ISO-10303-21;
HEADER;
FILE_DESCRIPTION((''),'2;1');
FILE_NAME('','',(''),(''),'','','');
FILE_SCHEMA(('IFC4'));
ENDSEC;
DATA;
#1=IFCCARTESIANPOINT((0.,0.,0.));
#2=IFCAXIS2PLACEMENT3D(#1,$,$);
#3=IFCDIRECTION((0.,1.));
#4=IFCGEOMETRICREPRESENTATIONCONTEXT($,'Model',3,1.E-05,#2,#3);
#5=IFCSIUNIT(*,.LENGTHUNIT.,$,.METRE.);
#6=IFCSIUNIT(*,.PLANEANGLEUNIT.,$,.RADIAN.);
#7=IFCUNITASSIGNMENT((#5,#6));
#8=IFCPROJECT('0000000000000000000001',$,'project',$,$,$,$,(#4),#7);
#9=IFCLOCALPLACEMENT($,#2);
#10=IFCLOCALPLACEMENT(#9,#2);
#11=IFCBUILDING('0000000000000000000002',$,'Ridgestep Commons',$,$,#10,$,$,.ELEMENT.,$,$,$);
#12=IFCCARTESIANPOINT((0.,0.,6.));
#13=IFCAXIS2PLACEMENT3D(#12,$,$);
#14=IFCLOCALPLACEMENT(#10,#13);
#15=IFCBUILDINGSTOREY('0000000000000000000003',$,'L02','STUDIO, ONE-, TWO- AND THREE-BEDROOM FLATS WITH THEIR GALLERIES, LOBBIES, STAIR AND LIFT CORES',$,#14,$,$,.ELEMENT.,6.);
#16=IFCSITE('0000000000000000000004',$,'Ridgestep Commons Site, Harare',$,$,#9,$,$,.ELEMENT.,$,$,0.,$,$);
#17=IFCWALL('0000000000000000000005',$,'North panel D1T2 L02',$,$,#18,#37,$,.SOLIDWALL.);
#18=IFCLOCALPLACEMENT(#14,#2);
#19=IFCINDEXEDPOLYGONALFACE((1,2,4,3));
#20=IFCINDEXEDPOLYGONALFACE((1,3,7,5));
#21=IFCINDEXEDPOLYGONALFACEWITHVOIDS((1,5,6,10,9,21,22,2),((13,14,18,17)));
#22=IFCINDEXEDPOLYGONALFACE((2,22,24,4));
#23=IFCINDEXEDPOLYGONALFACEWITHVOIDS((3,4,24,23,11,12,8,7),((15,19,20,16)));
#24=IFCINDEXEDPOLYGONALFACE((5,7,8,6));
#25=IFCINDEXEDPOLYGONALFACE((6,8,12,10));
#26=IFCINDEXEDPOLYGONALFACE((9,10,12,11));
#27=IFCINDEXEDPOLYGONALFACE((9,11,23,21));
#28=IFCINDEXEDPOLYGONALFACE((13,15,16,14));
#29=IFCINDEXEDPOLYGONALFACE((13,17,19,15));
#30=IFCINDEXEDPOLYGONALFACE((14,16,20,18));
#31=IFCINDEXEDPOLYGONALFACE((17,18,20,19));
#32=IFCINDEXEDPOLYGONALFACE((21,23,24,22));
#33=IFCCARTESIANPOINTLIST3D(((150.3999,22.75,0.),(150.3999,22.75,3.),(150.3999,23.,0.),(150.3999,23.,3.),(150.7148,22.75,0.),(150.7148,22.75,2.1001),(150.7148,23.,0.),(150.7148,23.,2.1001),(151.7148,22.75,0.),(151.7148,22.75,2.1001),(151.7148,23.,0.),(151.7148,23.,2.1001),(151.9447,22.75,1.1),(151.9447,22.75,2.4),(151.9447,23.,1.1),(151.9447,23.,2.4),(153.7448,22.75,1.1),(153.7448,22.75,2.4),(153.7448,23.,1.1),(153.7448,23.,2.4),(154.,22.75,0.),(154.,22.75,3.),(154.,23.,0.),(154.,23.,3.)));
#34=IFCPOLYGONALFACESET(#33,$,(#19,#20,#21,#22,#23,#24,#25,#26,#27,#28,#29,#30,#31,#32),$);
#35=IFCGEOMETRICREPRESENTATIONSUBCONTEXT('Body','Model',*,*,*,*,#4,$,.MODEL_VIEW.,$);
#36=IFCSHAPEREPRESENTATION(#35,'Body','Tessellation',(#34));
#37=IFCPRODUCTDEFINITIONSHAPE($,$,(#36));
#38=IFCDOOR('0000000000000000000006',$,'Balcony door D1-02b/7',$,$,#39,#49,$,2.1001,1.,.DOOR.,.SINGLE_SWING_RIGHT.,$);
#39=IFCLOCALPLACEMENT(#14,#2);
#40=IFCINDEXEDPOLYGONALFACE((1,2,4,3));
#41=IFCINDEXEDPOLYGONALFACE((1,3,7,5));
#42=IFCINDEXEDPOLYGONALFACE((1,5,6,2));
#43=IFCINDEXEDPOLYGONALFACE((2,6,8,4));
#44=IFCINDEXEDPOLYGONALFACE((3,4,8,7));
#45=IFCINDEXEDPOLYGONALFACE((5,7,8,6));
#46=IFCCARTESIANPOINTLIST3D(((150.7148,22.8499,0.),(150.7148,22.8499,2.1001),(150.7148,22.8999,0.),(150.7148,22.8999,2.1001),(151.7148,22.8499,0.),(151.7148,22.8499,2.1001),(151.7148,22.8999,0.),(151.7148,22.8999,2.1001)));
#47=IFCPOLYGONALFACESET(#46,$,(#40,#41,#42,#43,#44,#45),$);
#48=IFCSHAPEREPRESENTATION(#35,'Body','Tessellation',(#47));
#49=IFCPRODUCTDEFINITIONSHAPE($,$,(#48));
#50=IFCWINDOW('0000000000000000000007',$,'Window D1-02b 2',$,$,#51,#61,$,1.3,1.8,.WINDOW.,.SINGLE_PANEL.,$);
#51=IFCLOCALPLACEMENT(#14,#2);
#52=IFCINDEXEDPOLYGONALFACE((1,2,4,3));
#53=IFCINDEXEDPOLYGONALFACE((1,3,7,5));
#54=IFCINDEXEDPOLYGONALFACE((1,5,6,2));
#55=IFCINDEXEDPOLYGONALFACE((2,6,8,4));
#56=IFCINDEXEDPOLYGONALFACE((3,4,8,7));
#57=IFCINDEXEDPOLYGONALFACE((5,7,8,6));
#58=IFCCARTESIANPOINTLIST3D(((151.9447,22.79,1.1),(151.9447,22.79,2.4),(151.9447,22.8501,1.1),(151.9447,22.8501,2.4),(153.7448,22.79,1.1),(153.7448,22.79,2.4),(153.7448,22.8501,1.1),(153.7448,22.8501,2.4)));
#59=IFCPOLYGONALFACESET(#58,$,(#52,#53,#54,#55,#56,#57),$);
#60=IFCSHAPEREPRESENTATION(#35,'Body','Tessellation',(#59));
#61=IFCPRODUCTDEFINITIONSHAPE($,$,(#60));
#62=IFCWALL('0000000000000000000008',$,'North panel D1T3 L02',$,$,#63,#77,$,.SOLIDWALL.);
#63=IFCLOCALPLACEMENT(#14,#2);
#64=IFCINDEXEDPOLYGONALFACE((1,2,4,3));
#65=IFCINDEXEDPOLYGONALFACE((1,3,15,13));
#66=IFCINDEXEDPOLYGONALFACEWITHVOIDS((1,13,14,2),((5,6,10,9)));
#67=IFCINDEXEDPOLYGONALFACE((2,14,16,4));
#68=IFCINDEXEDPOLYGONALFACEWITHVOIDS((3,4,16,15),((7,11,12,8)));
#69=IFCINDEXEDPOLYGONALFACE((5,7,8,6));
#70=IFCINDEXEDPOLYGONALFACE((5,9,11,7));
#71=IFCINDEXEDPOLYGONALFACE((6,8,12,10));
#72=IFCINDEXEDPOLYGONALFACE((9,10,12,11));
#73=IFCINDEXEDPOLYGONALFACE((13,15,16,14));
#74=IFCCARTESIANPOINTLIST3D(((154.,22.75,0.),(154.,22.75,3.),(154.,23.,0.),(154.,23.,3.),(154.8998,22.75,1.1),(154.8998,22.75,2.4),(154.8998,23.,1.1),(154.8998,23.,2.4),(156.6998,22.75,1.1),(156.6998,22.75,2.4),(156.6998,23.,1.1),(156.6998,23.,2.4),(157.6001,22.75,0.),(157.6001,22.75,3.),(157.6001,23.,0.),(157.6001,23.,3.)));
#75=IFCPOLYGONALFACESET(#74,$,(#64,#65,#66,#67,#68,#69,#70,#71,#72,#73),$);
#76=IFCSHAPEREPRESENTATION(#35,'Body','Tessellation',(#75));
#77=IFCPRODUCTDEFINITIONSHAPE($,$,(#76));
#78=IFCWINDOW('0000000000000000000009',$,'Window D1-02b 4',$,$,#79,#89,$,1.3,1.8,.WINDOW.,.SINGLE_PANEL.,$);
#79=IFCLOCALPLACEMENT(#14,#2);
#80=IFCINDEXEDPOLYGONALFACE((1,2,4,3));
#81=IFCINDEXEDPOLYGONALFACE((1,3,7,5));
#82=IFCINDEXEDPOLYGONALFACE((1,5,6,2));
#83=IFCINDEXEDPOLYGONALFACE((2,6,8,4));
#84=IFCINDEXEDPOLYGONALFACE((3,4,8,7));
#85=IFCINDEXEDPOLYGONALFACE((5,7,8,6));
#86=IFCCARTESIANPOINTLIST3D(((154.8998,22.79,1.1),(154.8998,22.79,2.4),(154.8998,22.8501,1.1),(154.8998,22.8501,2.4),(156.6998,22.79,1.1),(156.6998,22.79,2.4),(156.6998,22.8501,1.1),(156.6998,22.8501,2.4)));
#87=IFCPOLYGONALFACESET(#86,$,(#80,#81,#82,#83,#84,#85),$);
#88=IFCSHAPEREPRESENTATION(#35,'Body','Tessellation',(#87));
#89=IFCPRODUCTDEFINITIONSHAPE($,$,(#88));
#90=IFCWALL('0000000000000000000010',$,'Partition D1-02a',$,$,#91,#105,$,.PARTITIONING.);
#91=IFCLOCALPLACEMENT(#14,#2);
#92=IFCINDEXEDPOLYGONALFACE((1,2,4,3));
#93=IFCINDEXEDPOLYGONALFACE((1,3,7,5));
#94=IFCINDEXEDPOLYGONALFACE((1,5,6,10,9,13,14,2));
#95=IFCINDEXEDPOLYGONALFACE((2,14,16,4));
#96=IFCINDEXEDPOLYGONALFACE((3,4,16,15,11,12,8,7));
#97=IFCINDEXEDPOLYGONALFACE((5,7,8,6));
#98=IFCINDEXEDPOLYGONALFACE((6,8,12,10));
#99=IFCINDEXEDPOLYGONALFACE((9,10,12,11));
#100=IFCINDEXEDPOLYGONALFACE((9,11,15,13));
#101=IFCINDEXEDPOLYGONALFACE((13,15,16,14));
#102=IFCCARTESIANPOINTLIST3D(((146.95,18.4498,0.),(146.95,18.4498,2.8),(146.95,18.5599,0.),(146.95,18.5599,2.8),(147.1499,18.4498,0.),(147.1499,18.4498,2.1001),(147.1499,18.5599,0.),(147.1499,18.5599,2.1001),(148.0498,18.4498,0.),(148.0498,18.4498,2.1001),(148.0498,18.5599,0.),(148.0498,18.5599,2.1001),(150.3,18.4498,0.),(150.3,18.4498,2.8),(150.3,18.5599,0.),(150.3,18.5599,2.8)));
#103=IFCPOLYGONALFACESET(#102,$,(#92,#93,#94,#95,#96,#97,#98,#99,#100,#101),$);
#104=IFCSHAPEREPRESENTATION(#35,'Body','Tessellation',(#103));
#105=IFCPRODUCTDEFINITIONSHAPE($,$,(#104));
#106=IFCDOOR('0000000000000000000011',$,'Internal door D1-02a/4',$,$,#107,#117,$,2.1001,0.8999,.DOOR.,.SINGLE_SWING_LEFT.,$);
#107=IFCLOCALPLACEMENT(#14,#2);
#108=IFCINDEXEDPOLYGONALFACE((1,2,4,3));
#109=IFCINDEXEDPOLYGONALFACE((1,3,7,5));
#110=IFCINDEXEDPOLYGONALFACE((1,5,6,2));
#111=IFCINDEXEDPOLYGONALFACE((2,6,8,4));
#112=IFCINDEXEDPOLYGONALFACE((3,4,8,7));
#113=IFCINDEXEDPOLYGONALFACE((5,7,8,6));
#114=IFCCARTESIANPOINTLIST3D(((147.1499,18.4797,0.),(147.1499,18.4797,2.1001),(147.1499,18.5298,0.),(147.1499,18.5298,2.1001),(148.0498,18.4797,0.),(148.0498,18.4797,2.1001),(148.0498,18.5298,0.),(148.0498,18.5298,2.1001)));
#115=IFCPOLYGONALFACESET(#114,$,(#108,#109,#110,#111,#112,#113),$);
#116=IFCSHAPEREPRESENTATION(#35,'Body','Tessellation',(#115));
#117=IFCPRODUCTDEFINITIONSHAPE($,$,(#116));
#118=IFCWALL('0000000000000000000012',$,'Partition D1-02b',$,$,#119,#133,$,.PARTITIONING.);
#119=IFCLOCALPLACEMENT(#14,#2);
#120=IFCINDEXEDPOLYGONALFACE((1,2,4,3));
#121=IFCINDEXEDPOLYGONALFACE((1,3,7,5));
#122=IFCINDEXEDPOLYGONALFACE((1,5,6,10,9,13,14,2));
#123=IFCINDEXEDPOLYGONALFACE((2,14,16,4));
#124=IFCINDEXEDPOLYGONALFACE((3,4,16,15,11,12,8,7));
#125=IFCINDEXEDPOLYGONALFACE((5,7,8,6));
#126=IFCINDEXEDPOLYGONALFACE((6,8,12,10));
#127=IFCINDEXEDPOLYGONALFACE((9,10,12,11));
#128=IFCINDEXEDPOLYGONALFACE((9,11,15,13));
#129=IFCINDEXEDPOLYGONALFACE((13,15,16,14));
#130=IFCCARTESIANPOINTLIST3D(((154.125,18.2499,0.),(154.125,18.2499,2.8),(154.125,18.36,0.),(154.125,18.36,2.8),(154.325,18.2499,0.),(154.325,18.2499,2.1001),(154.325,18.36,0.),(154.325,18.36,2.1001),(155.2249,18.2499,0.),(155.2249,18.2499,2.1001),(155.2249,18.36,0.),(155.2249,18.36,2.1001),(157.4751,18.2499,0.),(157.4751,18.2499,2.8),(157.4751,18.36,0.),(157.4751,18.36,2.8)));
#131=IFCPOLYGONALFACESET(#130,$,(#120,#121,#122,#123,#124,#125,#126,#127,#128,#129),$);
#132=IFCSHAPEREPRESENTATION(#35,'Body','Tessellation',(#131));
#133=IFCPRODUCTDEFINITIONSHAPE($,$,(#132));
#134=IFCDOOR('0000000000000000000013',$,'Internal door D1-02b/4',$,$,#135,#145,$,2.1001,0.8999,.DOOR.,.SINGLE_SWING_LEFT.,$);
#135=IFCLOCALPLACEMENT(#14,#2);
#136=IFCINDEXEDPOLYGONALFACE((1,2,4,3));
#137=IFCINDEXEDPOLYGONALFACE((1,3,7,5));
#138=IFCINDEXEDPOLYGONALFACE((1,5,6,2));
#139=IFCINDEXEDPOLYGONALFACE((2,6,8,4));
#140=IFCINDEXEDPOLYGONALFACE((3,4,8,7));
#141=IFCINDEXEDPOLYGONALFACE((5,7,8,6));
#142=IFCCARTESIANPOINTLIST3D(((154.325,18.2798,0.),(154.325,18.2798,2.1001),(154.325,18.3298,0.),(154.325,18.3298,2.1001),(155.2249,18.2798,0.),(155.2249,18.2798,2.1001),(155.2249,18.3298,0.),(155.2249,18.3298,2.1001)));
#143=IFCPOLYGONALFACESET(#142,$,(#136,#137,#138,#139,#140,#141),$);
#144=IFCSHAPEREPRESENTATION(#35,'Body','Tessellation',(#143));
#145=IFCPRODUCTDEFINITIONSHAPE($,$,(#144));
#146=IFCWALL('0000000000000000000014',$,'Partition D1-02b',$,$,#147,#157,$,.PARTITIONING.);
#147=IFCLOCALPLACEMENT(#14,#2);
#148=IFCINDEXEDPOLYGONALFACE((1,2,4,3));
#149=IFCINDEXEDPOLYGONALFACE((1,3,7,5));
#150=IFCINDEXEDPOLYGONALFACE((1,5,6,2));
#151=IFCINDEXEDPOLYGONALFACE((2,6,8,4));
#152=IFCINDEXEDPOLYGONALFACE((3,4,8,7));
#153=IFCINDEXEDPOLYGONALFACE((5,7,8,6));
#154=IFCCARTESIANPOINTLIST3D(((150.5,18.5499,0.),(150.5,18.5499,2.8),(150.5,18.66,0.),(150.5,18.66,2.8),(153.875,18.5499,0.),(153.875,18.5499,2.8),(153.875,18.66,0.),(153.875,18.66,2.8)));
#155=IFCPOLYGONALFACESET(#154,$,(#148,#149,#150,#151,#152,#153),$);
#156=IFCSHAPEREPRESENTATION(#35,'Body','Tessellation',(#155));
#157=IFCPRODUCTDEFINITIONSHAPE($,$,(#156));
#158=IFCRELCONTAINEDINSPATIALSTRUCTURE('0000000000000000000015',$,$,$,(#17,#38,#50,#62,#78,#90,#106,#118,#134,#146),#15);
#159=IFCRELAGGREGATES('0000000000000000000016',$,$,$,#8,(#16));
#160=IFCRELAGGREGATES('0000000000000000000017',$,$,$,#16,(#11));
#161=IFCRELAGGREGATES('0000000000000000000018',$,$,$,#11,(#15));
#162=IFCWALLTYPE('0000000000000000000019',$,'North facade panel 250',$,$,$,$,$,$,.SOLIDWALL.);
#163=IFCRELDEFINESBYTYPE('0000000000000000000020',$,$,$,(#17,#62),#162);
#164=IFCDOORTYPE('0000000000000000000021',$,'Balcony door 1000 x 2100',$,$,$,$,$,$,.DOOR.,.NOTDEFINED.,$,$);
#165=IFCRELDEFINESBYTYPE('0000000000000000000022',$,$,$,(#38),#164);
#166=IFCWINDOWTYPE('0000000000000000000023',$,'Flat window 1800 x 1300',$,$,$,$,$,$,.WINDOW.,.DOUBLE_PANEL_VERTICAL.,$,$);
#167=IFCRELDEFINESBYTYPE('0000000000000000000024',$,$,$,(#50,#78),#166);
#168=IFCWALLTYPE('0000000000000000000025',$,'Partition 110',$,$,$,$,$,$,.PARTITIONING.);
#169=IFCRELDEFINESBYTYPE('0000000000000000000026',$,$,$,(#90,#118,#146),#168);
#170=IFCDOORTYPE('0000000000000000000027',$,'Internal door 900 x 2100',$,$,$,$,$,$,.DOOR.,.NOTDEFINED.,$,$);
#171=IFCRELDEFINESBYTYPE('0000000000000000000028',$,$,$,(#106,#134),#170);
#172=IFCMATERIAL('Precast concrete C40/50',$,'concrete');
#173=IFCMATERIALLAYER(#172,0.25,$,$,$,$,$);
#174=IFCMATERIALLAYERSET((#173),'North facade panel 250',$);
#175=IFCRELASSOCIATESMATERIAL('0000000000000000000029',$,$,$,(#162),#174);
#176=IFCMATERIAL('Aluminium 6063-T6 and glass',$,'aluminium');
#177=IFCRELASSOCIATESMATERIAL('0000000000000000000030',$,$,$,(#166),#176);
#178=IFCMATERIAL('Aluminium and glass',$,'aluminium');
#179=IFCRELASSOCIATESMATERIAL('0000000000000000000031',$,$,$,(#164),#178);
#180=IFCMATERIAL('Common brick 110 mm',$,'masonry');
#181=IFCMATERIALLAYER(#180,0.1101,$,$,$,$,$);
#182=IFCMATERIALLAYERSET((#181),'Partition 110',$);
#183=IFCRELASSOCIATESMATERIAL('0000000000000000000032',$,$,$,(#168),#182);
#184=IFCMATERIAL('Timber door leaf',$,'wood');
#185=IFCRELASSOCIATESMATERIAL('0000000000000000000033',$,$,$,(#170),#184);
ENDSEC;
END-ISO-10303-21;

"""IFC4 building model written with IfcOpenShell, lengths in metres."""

from ifc_helpers import new_model, si_unit, direction, frame, frame_2d, origin, place, context, subcontext, project, spatial, rectangle, extrude, material, layer, layer_set, type_object, element, fill, save


model = new_model("IFC4")

# Units and contexts
model_context = context("Model", 3, precision=1e-05, world=origin(), true_north=direction((0.0, 1.0)))
body_context = subcontext(model_context, "Body", "Model", "MODEL_VIEW")
ifc_project = project(units=[si_unit("LENGTHUNIT", "METRE"), si_unit("PLANEANGLEUNIT", "RADIAN")], contexts=[model_context])

# Site, building, storey
site_placement = place(None, origin())
site = spatial("IfcSite", under=ifc_project, at=site_placement, Name="Ridgestep Commons Site, Harare", CompositionType="ELEMENT", RefElevation=0.0)
building_placement = place(site_placement, origin())
building = spatial("IfcBuilding", under=site, at=building_placement, Name="Ridgestep Commons", CompositionType="ELEMENT")
storey_placement = place(building_placement, frame((0.0, 0.0, 6.0)))
storey = spatial("IfcBuildingStorey", under=building, at=storey_placement, Name="L02", Description="STUDIO, ONE-, TWO- AND THREE-BEDROOM FLATS WITH THEIR GALLERIES, LOBBIES, STAIR AND LIFT CORES", CompositionType="ELEMENT", Elevation=6.0)

# Shared definitions
ifc_material_1 = material(Name="Precast concrete C40/50", Category="concrete")
ifc_layer_1 = layer(ifc_material_1, 0.25)
ifc_layer_set_1 = layer_set([ifc_layer_1], Name="North facade panel 250")
wall_type_1 = type_object("IfcWallType", Name="North facade panel 250", PredefinedType="SOLIDWALL", material=ifc_layer_set_1)
ifc_material_2 = material(Name="Aluminium 6063-T6 and glass", Category="aluminium")
window_type_1 = type_object("IfcWindowType", Name="Flat window 1800 x 1300", PartitioningType="DOUBLE_PANEL_VERTICAL", PredefinedType="WINDOW", material=ifc_material_2)

# Wall, openings, door, window
wall_1_placement = place(storey_placement, frame((150.3999, 22.875, 0.0), z_axis=(0.0, 0.0, 1.0), x_axis=(1.0, 0.0, 0.0)))
wall_1 = element("IfcWall", 1, at=wall_1_placement, inside=storey, type_object=wall_type_1, Name="North panel D1T2 L02", PredefinedType="SOLIDWALL", context=body_context, shape_type="SweptSolid", body=[
    extrude(rectangle(XDim=3.6001, YDim=0.25, at=frame_2d((1.8, 0.0))), origin(), (0.0, 0.0, 1.0), 3.0),
])
opening_1_placement = place(wall_1_placement, frame((1.5449, 0.0, 1.1001)))
opening_1 = element("IfcOpeningElement", 2, at=opening_1_placement, cuts=wall_1, PredefinedType="OPENING", context=body_context, shape_type="SweptSolid", body=[
    extrude(rectangle(XDim=1.8, YDim=1.3, at=frame_2d((0.8999, 0.6499))), frame((0.0, 0.135, 0.0), z_axis=(0.0, -1.0, 0.0), x_axis=(1.0, 0.0, 0.0)), (0.0, 0.0, 1.0), 0.27),
])
opening_2_placement = place(wall_1_placement, frame((0.3149, 0.0, 0.0)))
opening_2 = element("IfcOpeningElement", 3, at=opening_2_placement, cuts=wall_1, PredefinedType="OPENING", context=body_context, shape_type="SweptSolid", body=[
    extrude(rectangle(XDim=1.0, YDim=2.1001, at=frame_2d((0.5, 1.05))), frame((0.0, 0.135, 0.0), z_axis=(0.0, -1.0, 0.0), x_axis=(1.0, 0.0, 0.0)), (0.0, 0.0, 1.0), 0.27),
])
ifc_material_3 = material(Name="Aluminium and glass", Category="aluminium")
door_type_1 = type_object("IfcDoorType", Name="Balcony door 1000 x 2100", OperationType="NOTDEFINED", PredefinedType="DOOR", material=ifc_material_3)
door_1_placement = place(opening_2_placement, origin())
door_1 = element("IfcDoor", 4, at=door_1_placement, inside=storey, type_object=door_type_1, Name="Balcony door D1-02b/7", OperationType="SINGLE_SWING_RIGHT", OverallHeight=2.1001, OverallWidth=1.0, PredefinedType="DOOR", context=body_context, shape_type="SweptSolid", body=[
    extrude(rectangle(XDim=1.0, YDim=2.1001, at=frame_2d((0.5, 1.05))), frame((0.0, 0.0249, 0.0), z_axis=(0.0, -1.0, 0.0), x_axis=(1.0, 0.0, 0.0)), (0.0, 0.0, 1.0), 0.05),
])
fill(opening_2, door_1)
window_1_placement = place(opening_1_placement, origin())
window_1 = element("IfcWindow", 5, at=window_1_placement, inside=storey, type_object=window_type_1, Name="Window D1-02b 2", OverallHeight=1.3, OverallWidth=1.8, PartitioningType="SINGLE_PANEL", PredefinedType="WINDOW", context=body_context, shape_type="SweptSolid", body=[
    extrude(rectangle(XDim=1.8, YDim=1.3, at=frame_2d((0.8999, 0.6499))), frame((0.0, -0.0249, 0.0), z_axis=(0.0, -1.0, 0.0), x_axis=(1.0, 0.0, 0.0)), (0.0, 0.0, 1.0), 0.0601),
])
fill(opening_1, window_1)

# Wall, opening, window
wall_2_placement = place(storey_placement, frame((154.0, 22.875, 0.0), z_axis=(0.0, 0.0, 1.0), x_axis=(1.0, 0.0, 0.0)))
wall_2 = element("IfcWall", 6, at=wall_2_placement, inside=storey, type_object=wall_type_1, Name="North panel D1T3 L02", PredefinedType="SOLIDWALL", context=body_context, shape_type="SweptSolid", body=[
    extrude(rectangle(XDim=3.6001, YDim=0.25, at=frame_2d((1.8, 0.0))), origin(), (0.0, 0.0, 1.0), 3.0),
])
opening_3_placement = place(wall_2_placement, frame((0.8999, 0.0, 1.1001)))
opening_3 = element("IfcOpeningElement", 7, at=opening_3_placement, cuts=wall_2, PredefinedType="OPENING", context=body_context, shape_type="SweptSolid", body=[
    extrude(rectangle(XDim=1.8, YDim=1.3, at=frame_2d((0.8999, 0.6499))), frame((0.0, 0.135, 0.0), z_axis=(0.0, -1.0, 0.0), x_axis=(1.0, 0.0, 0.0)), (0.0, 0.0, 1.0), 0.27),
])
window_2_placement = place(opening_3_placement, origin())
window_2 = element("IfcWindow", 8, at=window_2_placement, inside=storey, type_object=window_type_1, Name="Window D1-02b 4", OverallHeight=1.3, OverallWidth=1.8, PartitioningType="SINGLE_PANEL", PredefinedType="WINDOW", context=body_context, shape_type="SweptSolid", body=[
    extrude(rectangle(XDim=1.8, YDim=1.3, at=frame_2d((0.8999, 0.6499))), frame((0.0, -0.0249, 0.0), z_axis=(0.0, -1.0, 0.0), x_axis=(1.0, 0.0, 0.0)), (0.0, 0.0, 1.0), 0.0601),
])
fill(opening_3, window_2)

# Walls, openings, doors
ifc_material_4 = material(Name="Common brick 110 mm", Category="masonry")
ifc_layer_2 = layer(ifc_material_4, 0.1101)
ifc_layer_set_2 = layer_set([ifc_layer_2], Name="Partition 110")
wall_type_2 = type_object("IfcWallType", Name="Partition 110", PredefinedType="PARTITIONING", material=ifc_layer_set_2)
wall_3_placement = place(storey_placement, frame((146.95, 18.5049, 0.0), z_axis=(0.0, 0.0, 1.0), x_axis=(1.0, 0.0, 0.0)))
wall_3 = element("IfcWall", 9, at=wall_3_placement, inside=storey, type_object=wall_type_2, Name="Partition D1-02a", PredefinedType="PARTITIONING", context=body_context, shape_type="SweptSolid", body=[
    extrude(rectangle(XDim=3.3501, YDim=0.1101, at=frame_2d((1.675, 0.0))), origin(), (0.0, 0.0, 1.0), 2.8),
])
opening_4_placement = place(wall_3_placement, frame((0.2, 0.0, 0.0)))
opening_4 = element("IfcOpeningElement", 10, at=opening_4_placement, cuts=wall_3, PredefinedType="OPENING", context=body_context, shape_type="SweptSolid", body=[
    extrude(rectangle(XDim=0.8999, YDim=2.1001, at=frame_2d((0.45, 1.05))), frame((0.0, 0.0649, 0.0), z_axis=(0.0, -1.0, 0.0), x_axis=(1.0, 0.0, 0.0)), (0.0, 0.0, 1.0), 0.1301),
])
ifc_material_5 = material(Name="Timber door leaf", Category="wood")
door_type_2 = type_object("IfcDoorType", Name="Internal door 900 x 2100", OperationType="NOTDEFINED", PredefinedType="DOOR", material=ifc_material_5)
door_2_placement = place(opening_4_placement, origin())
door_2 = element("IfcDoor", 11, at=door_2_placement, inside=storey, type_object=door_type_2, Name="Internal door D1-02a/4", OperationType="SINGLE_SWING_LEFT", OverallHeight=2.1001, OverallWidth=0.8999, PredefinedType="DOOR", context=body_context, shape_type="SweptSolid", body=[
    extrude(rectangle(XDim=0.8999, YDim=2.1001, at=frame_2d((0.45, 1.05))), frame((0.0, 0.0249, 0.0), z_axis=(0.0, -1.0, 0.0), x_axis=(1.0, 0.0, 0.0)), (0.0, 0.0, 1.0), 0.05),
])
fill(opening_4, door_2)
wall_4_placement = place(storey_placement, frame((154.125, 18.3049, 0.0), z_axis=(0.0, 0.0, 1.0), x_axis=(1.0, 0.0, 0.0)))
wall_4 = element("IfcWall", 12, at=wall_4_placement, inside=storey, type_object=wall_type_2, Name="Partition D1-02b", PredefinedType="PARTITIONING", context=body_context, shape_type="SweptSolid", body=[
    extrude(rectangle(XDim=3.3501, YDim=0.1101, at=frame_2d((1.675, 0.0))), origin(), (0.0, 0.0, 1.0), 2.8),
])
opening_5_placement = place(wall_4_placement, frame((0.2, 0.0, 0.0)))
opening_5 = element("IfcOpeningElement", 13, at=opening_5_placement, cuts=wall_4, PredefinedType="OPENING", context=body_context, shape_type="SweptSolid", body=[
    extrude(rectangle(XDim=0.8999, YDim=2.1001, at=frame_2d((0.45, 1.05))), frame((0.0, 0.0649, 0.0), z_axis=(0.0, -1.0, 0.0), x_axis=(1.0, 0.0, 0.0)), (0.0, 0.0, 1.0), 0.1301),
])
door_3_placement = place(opening_5_placement, origin())
door_3 = element("IfcDoor", 14, at=door_3_placement, inside=storey, type_object=door_type_2, Name="Internal door D1-02b/4", OperationType="SINGLE_SWING_LEFT", OverallHeight=2.1001, OverallWidth=0.8999, PredefinedType="DOOR", context=body_context, shape_type="SweptSolid", body=[
    extrude(rectangle(XDim=0.8999, YDim=2.1001, at=frame_2d((0.45, 1.05))), frame((0.0, 0.0249, 0.0), z_axis=(0.0, -1.0, 0.0), x_axis=(1.0, 0.0, 0.0)), (0.0, 0.0, 1.0), 0.05),
])
fill(opening_5, door_3)

# Wall
wall_5_placement = place(storey_placement, frame((150.5, 18.605, 0.0), z_axis=(0.0, 0.0, 1.0), x_axis=(1.0, 0.0, 0.0)))
element("IfcWall", 15, at=wall_5_placement, inside=storey, type_object=wall_type_2, Name="Partition D1-02b", PredefinedType="PARTITIONING", context=body_context, shape_type="SweptSolid", body=[
    extrude(rectangle(XDim=3.375, YDim=0.1101, at=frame_2d((1.6875, 0.0))), origin(), (0.0, 0.0, 1.0), 2.8),
])

save(model, "model.ifc")
